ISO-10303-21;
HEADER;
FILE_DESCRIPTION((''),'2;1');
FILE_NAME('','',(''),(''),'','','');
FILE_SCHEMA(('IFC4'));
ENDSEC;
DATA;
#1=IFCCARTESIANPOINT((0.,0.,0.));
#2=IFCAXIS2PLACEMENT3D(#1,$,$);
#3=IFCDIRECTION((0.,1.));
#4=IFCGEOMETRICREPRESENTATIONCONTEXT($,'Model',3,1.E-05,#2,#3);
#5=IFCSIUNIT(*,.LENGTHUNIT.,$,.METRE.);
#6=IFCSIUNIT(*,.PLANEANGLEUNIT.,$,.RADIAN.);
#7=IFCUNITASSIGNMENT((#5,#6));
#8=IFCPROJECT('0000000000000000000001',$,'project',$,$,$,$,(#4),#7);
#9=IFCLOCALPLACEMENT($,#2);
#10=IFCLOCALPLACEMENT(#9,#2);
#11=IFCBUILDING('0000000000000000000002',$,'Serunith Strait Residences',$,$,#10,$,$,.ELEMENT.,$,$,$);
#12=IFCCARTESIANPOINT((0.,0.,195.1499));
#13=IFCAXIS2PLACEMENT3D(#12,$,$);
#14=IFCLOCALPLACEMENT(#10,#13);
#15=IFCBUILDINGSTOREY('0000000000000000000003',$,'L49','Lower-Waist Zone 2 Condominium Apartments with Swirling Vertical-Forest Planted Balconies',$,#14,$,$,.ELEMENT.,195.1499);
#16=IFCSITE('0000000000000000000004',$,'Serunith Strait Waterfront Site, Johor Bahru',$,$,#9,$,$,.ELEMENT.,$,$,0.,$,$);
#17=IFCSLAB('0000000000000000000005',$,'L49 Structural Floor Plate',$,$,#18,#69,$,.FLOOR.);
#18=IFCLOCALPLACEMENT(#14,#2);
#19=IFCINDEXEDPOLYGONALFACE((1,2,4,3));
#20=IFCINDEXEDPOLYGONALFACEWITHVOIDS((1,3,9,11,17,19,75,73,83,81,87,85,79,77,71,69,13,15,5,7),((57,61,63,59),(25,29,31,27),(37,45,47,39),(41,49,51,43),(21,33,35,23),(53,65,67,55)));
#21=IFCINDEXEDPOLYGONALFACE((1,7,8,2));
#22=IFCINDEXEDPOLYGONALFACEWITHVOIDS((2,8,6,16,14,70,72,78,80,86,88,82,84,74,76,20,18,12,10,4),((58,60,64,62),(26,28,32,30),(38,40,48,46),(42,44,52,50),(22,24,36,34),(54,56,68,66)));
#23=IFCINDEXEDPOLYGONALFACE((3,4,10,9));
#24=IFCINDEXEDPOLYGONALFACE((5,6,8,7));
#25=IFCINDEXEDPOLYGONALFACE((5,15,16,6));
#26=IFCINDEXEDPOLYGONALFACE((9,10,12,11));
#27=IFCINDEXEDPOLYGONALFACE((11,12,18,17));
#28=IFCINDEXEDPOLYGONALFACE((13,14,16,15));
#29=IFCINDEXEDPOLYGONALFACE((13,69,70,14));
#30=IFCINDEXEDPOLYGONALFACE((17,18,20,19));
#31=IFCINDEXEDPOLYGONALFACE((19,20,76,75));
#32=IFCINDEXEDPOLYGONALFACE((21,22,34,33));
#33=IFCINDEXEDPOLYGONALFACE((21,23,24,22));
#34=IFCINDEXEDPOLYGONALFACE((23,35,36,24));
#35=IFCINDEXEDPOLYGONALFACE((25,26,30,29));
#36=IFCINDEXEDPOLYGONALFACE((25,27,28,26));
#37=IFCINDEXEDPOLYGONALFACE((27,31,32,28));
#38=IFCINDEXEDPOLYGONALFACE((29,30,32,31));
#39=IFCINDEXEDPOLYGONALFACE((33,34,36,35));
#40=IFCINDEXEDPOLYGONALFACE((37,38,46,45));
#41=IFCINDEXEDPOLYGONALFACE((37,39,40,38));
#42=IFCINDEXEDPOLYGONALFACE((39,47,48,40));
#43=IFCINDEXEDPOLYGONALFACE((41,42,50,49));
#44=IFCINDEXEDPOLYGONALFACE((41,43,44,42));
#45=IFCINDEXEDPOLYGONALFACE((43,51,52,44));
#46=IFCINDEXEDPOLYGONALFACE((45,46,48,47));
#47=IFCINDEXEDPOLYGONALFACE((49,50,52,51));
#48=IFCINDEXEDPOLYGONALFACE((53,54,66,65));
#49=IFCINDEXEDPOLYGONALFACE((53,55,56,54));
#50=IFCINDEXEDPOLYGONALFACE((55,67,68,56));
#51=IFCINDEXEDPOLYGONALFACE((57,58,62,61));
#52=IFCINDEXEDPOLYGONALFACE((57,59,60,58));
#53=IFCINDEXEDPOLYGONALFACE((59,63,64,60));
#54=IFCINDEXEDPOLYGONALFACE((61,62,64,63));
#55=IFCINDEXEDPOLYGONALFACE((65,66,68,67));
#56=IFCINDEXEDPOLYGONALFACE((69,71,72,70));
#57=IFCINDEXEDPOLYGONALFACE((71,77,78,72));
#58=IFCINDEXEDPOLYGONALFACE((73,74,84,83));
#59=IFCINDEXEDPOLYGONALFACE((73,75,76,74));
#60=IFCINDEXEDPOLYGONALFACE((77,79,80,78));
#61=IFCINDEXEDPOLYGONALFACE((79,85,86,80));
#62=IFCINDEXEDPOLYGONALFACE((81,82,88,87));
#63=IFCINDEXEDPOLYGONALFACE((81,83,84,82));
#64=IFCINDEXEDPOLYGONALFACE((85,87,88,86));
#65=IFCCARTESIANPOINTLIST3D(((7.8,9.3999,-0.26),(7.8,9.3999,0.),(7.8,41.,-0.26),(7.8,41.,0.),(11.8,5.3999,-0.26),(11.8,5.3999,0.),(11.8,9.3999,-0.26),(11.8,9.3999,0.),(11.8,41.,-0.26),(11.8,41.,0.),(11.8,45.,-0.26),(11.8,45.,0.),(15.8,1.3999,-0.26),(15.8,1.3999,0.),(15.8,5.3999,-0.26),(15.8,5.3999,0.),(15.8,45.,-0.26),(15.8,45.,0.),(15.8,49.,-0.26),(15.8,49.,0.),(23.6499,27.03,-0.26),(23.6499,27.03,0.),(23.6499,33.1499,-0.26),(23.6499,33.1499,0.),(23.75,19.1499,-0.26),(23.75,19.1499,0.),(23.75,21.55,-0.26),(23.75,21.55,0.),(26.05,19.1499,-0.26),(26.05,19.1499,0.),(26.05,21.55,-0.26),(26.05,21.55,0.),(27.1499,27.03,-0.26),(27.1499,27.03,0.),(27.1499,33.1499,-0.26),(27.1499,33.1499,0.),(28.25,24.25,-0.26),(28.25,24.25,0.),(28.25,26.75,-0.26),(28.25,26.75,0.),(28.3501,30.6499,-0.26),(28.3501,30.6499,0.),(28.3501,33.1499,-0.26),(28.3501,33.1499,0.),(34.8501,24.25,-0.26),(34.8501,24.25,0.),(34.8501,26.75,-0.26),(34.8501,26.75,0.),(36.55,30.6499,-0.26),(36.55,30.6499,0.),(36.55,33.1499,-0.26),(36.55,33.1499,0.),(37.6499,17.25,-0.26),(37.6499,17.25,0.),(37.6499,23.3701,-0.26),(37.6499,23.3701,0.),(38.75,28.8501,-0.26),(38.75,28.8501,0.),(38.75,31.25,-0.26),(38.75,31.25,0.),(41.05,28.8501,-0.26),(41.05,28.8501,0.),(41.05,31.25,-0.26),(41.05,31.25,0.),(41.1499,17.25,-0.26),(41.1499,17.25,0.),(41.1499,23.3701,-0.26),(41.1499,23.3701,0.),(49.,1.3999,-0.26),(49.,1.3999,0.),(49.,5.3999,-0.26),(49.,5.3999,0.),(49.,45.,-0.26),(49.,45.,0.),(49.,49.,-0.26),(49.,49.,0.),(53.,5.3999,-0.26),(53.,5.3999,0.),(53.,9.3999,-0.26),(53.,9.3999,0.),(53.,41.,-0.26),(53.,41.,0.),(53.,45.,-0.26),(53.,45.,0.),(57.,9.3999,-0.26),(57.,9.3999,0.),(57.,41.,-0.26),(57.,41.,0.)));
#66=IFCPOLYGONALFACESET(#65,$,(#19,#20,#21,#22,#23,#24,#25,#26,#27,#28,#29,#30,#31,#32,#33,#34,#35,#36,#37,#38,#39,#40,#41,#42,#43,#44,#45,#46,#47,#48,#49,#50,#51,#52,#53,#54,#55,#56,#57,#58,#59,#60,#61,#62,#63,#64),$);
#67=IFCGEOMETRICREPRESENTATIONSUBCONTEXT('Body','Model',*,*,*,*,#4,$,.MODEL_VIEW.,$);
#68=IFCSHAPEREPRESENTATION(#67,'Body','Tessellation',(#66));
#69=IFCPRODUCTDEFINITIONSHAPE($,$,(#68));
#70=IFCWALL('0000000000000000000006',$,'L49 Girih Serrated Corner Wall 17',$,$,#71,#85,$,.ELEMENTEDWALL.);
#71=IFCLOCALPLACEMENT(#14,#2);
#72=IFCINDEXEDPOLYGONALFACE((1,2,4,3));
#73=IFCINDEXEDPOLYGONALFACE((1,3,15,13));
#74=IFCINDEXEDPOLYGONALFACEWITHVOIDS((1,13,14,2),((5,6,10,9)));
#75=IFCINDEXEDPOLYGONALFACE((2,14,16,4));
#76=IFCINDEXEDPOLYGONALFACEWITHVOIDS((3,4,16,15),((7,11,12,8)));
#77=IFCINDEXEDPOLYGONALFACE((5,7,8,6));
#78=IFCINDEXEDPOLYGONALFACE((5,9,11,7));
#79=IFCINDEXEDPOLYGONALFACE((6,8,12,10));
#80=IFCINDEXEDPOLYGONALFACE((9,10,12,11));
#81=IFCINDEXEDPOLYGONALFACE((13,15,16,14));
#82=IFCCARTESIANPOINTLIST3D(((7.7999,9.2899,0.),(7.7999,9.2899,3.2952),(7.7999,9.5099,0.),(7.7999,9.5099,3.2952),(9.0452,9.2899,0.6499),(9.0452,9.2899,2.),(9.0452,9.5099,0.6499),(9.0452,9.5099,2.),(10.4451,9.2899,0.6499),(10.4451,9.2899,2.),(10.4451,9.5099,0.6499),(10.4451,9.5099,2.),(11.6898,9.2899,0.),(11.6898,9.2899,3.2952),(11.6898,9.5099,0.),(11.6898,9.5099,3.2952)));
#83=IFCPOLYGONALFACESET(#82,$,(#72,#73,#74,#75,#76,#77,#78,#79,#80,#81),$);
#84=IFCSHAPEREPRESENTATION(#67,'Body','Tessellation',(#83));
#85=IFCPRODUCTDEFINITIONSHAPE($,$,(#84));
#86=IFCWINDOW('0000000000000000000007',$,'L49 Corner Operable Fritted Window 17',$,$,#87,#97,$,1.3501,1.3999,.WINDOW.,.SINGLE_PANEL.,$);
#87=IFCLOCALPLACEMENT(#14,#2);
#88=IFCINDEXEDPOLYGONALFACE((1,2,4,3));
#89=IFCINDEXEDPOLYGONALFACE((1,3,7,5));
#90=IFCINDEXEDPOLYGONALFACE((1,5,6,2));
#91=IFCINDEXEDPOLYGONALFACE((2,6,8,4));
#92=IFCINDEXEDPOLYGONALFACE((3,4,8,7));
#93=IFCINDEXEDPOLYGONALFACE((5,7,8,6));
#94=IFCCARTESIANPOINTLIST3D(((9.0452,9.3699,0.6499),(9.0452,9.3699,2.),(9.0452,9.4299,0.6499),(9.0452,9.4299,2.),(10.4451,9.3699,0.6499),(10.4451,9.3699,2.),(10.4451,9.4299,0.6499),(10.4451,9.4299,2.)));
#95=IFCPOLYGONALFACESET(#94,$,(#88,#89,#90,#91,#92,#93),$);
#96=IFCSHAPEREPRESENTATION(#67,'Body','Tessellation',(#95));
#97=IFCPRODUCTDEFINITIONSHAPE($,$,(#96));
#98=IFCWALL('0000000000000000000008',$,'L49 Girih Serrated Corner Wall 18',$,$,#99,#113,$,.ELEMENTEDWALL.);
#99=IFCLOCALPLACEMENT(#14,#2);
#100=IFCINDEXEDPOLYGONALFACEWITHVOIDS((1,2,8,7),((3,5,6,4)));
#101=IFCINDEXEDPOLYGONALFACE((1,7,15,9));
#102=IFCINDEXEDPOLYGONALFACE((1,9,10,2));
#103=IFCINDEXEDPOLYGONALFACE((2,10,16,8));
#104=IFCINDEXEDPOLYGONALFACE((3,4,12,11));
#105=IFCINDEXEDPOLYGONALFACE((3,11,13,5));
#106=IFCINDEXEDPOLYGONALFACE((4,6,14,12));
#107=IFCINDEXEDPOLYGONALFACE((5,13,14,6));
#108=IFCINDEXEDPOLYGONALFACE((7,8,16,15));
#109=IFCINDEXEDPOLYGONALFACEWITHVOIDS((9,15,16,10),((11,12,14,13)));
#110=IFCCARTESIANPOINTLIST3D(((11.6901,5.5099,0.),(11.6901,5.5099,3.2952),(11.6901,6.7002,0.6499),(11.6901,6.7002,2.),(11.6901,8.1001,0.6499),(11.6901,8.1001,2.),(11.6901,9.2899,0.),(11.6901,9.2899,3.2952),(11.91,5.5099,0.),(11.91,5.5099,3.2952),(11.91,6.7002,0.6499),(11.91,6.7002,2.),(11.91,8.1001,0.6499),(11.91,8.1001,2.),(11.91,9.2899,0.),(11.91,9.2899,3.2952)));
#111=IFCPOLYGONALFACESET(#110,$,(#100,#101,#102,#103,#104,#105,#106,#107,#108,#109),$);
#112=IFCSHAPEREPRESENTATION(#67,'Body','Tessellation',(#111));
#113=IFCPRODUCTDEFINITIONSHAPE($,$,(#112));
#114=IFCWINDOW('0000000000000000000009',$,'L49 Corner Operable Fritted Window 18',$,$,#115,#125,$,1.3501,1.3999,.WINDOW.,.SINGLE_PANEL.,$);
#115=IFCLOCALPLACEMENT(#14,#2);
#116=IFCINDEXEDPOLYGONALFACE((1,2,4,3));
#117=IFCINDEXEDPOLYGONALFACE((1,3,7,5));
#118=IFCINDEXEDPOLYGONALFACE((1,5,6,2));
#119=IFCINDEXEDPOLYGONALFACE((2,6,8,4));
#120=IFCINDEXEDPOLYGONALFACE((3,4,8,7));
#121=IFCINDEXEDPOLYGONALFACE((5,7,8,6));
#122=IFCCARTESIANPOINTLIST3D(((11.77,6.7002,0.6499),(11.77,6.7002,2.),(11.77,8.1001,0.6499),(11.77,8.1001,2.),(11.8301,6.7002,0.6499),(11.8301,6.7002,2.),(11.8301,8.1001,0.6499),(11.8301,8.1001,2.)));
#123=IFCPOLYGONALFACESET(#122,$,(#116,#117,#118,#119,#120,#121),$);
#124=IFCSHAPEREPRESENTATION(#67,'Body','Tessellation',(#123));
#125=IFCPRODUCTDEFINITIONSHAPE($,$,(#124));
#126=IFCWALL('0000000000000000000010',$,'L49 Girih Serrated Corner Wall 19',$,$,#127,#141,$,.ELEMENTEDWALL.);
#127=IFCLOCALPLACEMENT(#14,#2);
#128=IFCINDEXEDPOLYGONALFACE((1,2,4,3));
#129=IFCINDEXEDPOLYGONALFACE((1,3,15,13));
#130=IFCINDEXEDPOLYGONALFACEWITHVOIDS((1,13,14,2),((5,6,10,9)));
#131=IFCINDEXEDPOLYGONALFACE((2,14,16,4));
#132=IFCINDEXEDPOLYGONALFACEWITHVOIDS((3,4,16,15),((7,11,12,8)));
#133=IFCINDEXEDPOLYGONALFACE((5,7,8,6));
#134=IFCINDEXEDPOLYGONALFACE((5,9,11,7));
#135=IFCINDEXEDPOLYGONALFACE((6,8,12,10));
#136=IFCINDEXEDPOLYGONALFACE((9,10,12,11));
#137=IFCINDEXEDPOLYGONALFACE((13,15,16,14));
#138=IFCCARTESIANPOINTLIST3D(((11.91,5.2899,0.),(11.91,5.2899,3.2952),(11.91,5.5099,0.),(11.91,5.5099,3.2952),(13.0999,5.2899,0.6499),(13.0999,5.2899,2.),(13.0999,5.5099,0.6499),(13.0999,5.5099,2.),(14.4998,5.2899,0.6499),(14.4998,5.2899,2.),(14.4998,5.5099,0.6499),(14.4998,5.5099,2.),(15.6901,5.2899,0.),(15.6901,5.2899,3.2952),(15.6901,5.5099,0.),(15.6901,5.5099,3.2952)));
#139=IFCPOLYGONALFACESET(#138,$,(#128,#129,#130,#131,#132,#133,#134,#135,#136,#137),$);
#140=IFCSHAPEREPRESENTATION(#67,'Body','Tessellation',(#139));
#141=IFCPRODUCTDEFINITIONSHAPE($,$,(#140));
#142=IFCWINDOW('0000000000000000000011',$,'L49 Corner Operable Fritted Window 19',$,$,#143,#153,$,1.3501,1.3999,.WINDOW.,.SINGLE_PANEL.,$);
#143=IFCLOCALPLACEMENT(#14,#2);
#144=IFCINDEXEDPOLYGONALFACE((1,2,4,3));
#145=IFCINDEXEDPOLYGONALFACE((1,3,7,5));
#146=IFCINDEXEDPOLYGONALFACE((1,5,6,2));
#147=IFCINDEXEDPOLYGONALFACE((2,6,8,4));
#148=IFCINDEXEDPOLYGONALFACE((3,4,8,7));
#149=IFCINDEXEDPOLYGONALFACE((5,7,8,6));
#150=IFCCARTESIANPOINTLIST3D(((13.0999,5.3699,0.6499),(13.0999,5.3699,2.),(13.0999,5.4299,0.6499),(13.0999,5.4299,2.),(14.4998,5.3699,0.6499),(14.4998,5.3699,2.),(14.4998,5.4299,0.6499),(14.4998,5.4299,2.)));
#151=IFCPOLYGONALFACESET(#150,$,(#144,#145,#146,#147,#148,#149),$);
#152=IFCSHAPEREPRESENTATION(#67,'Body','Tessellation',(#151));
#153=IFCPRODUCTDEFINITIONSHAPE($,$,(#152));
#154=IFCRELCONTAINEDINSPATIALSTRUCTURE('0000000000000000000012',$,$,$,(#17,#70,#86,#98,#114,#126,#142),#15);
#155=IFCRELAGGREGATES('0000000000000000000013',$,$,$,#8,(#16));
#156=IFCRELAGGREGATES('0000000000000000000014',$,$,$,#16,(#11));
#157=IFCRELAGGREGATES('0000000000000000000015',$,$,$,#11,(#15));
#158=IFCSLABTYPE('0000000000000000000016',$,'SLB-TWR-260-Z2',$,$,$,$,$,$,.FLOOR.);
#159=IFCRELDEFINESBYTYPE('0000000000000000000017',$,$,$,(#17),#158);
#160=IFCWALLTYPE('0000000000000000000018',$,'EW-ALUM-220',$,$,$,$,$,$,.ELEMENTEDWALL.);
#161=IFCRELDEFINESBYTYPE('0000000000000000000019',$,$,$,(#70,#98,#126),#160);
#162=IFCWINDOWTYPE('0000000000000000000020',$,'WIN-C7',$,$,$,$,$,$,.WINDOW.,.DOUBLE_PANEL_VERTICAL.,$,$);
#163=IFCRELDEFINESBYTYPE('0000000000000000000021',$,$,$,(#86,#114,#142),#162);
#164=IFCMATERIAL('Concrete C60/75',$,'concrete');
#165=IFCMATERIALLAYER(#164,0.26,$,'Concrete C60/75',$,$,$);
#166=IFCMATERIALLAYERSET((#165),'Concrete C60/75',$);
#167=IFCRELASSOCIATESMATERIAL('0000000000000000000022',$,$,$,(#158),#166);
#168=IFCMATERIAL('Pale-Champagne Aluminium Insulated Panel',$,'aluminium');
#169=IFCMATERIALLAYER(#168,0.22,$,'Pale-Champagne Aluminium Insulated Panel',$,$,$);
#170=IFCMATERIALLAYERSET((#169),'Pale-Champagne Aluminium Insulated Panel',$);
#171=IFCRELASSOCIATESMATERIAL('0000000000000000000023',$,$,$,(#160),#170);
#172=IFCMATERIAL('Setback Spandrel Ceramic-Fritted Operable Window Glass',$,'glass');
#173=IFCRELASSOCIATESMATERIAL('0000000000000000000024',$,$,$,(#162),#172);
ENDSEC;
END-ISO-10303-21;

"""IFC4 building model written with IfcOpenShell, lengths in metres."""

from ifc_helpers import new_model, si_unit, direction, frame, frame_2d, origin, place, context, subcontext, project, spatial, polyline, rectangle, outline, extrude, source, transform, mapped, material, layer, layer_set, type_object, element, fill, save


model = new_model("IFC4")

# Units and contexts
model_context = context("Model", 3, precision=1e-05, world=origin(), true_north=direction((0.0, 1.0)))
body_context = subcontext(model_context, "Body", "Model", "MODEL_VIEW")
ifc_project = project(units=[si_unit("LENGTHUNIT", "METRE"), si_unit("PLANEANGLEUNIT", "RADIAN")], contexts=[model_context])

# Site, building, storey
site_placement = place(None, origin())
site = spatial("IfcSite", under=ifc_project, at=site_placement, Name="Serunith Strait Waterfront Site, Johor Bahru", CompositionType="ELEMENT", RefElevation=0.0)
building_placement = place(site_placement, origin())
building = spatial("IfcBuilding", under=site, at=building_placement, Name="Serunith Strait Residences", CompositionType="ELEMENT")
storey_placement = place(building_placement, frame((0.0, 0.0, 195.1499)))
storey = spatial("IfcBuildingStorey", under=building, at=storey_placement, Name="L49", Description="Lower-Waist Zone 2 Condominium Apartments with Swirling Vertical-Forest Planted Balconies", CompositionType="ELEMENT", Elevation=195.1499)

# Slab
ifc_material_1 = material(Name="Concrete C60/75", Category="concrete")
ifc_layer_1 = layer(ifc_material_1, 0.26, Name="Concrete C60/75")
ifc_layer_set_1 = layer_set([ifc_layer_1], Name="Concrete C60/75")
slab_type_1 = type_object("IfcSlabType", Name="SLB-TWR-260-Z2", PredefinedType="FLOOR", material=ifc_layer_set_1)
slab_1_placement = place(storey_placement, frame((0.0, 0.0, -0.26)))
element("IfcSlab", 1, at=slab_1_placement, inside=storey, type_object=slab_type_1, Name="L49 Structural Floor Plate", PredefinedType="FLOOR", context=body_context, shape_type="SweptSolid", body=[
    extrude(outline(polyline([(15.8, 5.3999), (11.8, 5.3999), (11.8, 9.3999), (7.8, 9.3999), (7.8, 41.0), (11.8, 41.0), (11.8, 45.0), (15.8, 45.0), (15.8, 49.0), (49.0, 49.0), (49.0, 45.0), (53.0, 45.0), (53.0, 41.0), (57.0, 41.0), (57.0, 9.3999), (53.0, 9.3999), (53.0, 5.3999), (49.0, 5.3999), (49.0, 1.3999), (15.8, 1.3999), (15.8, 5.3999)]), holes=[polyline([(41.1499, 23.3701), (37.6499, 23.3701), (37.6499, 17.25), (41.1499, 17.25), (41.1499, 23.3701)]), polyline([(38.75, 31.25), (38.75, 28.8501), (41.05, 28.8501), (41.05, 31.25), (38.75, 31.25)]), polyline([(36.55, 33.1499), (28.3501, 33.1499), (28.3501, 30.6499), (36.55, 30.6499), (36.55, 33.1499)]), polyline([(34.8501, 26.75), (28.25, 26.75), (28.25, 24.25), (34.8501, 24.25), (34.8501, 26.75)]), polyline([(23.6499, 33.1499), (23.6499, 27.03), (27.1499, 27.03), (27.1499, 33.1499), (23.6499, 33.1499)]), polyline([(26.05, 21.55), (23.75, 21.55), (23.75, 19.1499), (26.05, 19.1499), (26.05, 21.55)])]), origin(), (0.0, 0.0, 1.0), 0.26),
])

# Walls, openings, windows
ifc_material_2 = material(Name="Pale-Champagne Aluminium Insulated Panel", Category="aluminium")
ifc_layer_2 = layer(ifc_material_2, 0.22, Name="Pale-Champagne Aluminium Insulated Panel")
ifc_layer_set_2 = layer_set([ifc_layer_2], Name="Pale-Champagne Aluminium Insulated Panel")
wall_type_1 = type_object("IfcWallType", Name="EW-ALUM-220", PredefinedType="ELEMENTEDWALL", material=ifc_layer_set_2)
wall_1_placement = place(storey_placement, frame((7.8, 9.3999, 0.0), z_axis=(0.0, 0.0, 1.0), x_axis=(1.0, 0.0, 0.0)))
wall_1 = element("IfcWall", 2, at=wall_1_placement, inside=storey, type_object=wall_type_1, Name="L49 Girih Serrated Corner Wall 17", PredefinedType="ELEMENTEDWALL", context=body_context, shape_type="SweptSolid", body=[
    extrude(rectangle(XDim=3.8899, YDim=0.22, at=frame_2d((1.9448, 0.0))), origin(), (0.0, 0.0, 1.0), 3.2952),
])
opening_1_placement = place(wall_1_placement, frame((1.2451, 0.0, 0.6499)))
opening_1 = element("IfcOpeningElement", 3, at=opening_1_placement, cuts=wall_1, PredefinedType="OPENING", context=body_context, shape_type="SweptSolid", body=[
    extrude(rectangle(XDim=1.3999, YDim=1.3501, at=frame_2d((0.7, 0.675))), frame((0.0, 0.1201, 0.0), z_axis=(0.0, -1.0, 0.0), x_axis=(1.0, 0.0, 0.0)), (0.0, 0.0, 1.0), 0.24),
])
ifc_material_3 = material(Name="Setback Spandrel Ceramic-Fritted Operable Window Glass", Category="glass")
window_type = type_object("IfcWindowType", Name="WIN-C7", PartitioningType="DOUBLE_PANEL_VERTICAL", PredefinedType="WINDOW", material=ifc_material_3)
shared_shape_1 = source(origin(), body_context, "Body", "SweptSolid", [
    extrude(rectangle(XDim=1.3999, YDim=1.3501, at=frame_2d((0.7, 0.675))), frame((0.0, 0.03, 0.0), z_axis=(0.0, -1.0, 0.0), x_axis=(1.0, 0.0, 0.0)), (0.0, 0.0, 1.0), 0.0601),
])
window_1_placement = place(opening_1_placement, origin())
window_1 = element("IfcWindow", 4, at=window_1_placement, inside=storey, type_object=window_type, Name="L49 Corner Operable Fritted Window 17", OverallHeight=1.3501, OverallWidth=1.3999, PartitioningType="SINGLE_PANEL", PredefinedType="WINDOW", context=body_context, shape_type="MappedRepresentation", body=[
    mapped(shared_shape_1, transform((0.0, 0.0, 0.0), scale=1.0)),
])
fill(opening_1, window_1)
wall_2_placement = place(storey_placement, frame((11.8, 9.29, 0.0), z_axis=(0.0, 0.0, 1.0), x_axis=(0.0, -1.0, 0.0)))
wall_2 = element("IfcWall", 5, at=wall_2_placement, inside=storey, type_object=wall_type_1, Name="L49 Girih Serrated Corner Wall 18", PredefinedType="ELEMENTEDWALL", context=body_context, shape_type="SweptSolid", body=[
    extrude(rectangle(XDim=3.78, YDim=0.22, at=frame_2d((1.8901, 0.0))), origin(), (0.0, 0.0, 1.0), 3.2952),
])
opening_2_placement = place(wall_2_placement, frame((1.1899, 0.0, 0.6499)))
opening_2 = element("IfcOpeningElement", 6, at=opening_2_placement, cuts=wall_2, PredefinedType="OPENING", context=body_context, shape_type="SweptSolid", body=[
    extrude(rectangle(XDim=1.3999, YDim=1.3501, at=frame_2d((0.7, 0.675))), frame((0.0, 0.1201, 0.0), z_axis=(0.0, -1.0, 0.0), x_axis=(1.0, 0.0, 0.0)), (0.0, 0.0, 1.0), 0.24),
])
window_2_placement = place(opening_2_placement, origin())
window_2 = element("IfcWindow", 7, at=window_2_placement, inside=storey, type_object=window_type, Name="L49 Corner Operable Fritted Window 18", OverallHeight=1.3501, OverallWidth=1.3999, PartitioningType="SINGLE_PANEL", PredefinedType="WINDOW", context=body_context, shape_type="MappedRepresentation", body=[
    mapped(shared_shape_1, transform((0.0, 0.0, 0.0), scale=1.0)),
])
fill(opening_2, window_2)
wall_3_placement = place(storey_placement, frame((11.9099, 5.3999, 0.0), z_axis=(0.0, 0.0, 1.0), x_axis=(1.0, 0.0, 0.0)))
wall_3 = element("IfcWall", 8, at=wall_3_placement, inside=storey, type_object=wall_type_1, Name="L49 Girih Serrated Corner Wall 19", PredefinedType="ELEMENTEDWALL", context=body_context, shape_type="SweptSolid", body=[
    extrude(rectangle(XDim=3.78, YDim=0.22, at=frame_2d((1.8901, 0.0))), origin(), (0.0, 0.0, 1.0), 3.2952),
])
opening_3_placement = place(wall_3_placement, frame((1.1899, 0.0, 0.6499)))
opening_3 = element("IfcOpeningElement", 9, at=opening_3_placement, cuts=wall_3, PredefinedType="OPENING", context=body_context, shape_type="SweptSolid", body=[
    extrude(rectangle(XDim=1.3999, YDim=1.3501, at=frame_2d((0.7, 0.675))), frame((0.0, 0.1201, 0.0), z_axis=(0.0, -1.0, 0.0), x_axis=(1.0, 0.0, 0.0)), (0.0, 0.0, 1.0), 0.24),
])
window_3_placement = place(opening_3_placement, origin())
window_3 = element("IfcWindow", 10, at=window_3_placement, inside=storey, type_object=window_type, Name="L49 Corner Operable Fritted Window 19", OverallHeight=1.3501, OverallWidth=1.3999, PartitioningType="SINGLE_PANEL", PredefinedType="WINDOW", context=body_context, shape_type="MappedRepresentation", body=[
    mapped(shared_shape_1, transform((0.0, 0.0, 0.0), scale=1.0)),
])
fill(opening_3, window_3)

save(model, "model.ifc")
